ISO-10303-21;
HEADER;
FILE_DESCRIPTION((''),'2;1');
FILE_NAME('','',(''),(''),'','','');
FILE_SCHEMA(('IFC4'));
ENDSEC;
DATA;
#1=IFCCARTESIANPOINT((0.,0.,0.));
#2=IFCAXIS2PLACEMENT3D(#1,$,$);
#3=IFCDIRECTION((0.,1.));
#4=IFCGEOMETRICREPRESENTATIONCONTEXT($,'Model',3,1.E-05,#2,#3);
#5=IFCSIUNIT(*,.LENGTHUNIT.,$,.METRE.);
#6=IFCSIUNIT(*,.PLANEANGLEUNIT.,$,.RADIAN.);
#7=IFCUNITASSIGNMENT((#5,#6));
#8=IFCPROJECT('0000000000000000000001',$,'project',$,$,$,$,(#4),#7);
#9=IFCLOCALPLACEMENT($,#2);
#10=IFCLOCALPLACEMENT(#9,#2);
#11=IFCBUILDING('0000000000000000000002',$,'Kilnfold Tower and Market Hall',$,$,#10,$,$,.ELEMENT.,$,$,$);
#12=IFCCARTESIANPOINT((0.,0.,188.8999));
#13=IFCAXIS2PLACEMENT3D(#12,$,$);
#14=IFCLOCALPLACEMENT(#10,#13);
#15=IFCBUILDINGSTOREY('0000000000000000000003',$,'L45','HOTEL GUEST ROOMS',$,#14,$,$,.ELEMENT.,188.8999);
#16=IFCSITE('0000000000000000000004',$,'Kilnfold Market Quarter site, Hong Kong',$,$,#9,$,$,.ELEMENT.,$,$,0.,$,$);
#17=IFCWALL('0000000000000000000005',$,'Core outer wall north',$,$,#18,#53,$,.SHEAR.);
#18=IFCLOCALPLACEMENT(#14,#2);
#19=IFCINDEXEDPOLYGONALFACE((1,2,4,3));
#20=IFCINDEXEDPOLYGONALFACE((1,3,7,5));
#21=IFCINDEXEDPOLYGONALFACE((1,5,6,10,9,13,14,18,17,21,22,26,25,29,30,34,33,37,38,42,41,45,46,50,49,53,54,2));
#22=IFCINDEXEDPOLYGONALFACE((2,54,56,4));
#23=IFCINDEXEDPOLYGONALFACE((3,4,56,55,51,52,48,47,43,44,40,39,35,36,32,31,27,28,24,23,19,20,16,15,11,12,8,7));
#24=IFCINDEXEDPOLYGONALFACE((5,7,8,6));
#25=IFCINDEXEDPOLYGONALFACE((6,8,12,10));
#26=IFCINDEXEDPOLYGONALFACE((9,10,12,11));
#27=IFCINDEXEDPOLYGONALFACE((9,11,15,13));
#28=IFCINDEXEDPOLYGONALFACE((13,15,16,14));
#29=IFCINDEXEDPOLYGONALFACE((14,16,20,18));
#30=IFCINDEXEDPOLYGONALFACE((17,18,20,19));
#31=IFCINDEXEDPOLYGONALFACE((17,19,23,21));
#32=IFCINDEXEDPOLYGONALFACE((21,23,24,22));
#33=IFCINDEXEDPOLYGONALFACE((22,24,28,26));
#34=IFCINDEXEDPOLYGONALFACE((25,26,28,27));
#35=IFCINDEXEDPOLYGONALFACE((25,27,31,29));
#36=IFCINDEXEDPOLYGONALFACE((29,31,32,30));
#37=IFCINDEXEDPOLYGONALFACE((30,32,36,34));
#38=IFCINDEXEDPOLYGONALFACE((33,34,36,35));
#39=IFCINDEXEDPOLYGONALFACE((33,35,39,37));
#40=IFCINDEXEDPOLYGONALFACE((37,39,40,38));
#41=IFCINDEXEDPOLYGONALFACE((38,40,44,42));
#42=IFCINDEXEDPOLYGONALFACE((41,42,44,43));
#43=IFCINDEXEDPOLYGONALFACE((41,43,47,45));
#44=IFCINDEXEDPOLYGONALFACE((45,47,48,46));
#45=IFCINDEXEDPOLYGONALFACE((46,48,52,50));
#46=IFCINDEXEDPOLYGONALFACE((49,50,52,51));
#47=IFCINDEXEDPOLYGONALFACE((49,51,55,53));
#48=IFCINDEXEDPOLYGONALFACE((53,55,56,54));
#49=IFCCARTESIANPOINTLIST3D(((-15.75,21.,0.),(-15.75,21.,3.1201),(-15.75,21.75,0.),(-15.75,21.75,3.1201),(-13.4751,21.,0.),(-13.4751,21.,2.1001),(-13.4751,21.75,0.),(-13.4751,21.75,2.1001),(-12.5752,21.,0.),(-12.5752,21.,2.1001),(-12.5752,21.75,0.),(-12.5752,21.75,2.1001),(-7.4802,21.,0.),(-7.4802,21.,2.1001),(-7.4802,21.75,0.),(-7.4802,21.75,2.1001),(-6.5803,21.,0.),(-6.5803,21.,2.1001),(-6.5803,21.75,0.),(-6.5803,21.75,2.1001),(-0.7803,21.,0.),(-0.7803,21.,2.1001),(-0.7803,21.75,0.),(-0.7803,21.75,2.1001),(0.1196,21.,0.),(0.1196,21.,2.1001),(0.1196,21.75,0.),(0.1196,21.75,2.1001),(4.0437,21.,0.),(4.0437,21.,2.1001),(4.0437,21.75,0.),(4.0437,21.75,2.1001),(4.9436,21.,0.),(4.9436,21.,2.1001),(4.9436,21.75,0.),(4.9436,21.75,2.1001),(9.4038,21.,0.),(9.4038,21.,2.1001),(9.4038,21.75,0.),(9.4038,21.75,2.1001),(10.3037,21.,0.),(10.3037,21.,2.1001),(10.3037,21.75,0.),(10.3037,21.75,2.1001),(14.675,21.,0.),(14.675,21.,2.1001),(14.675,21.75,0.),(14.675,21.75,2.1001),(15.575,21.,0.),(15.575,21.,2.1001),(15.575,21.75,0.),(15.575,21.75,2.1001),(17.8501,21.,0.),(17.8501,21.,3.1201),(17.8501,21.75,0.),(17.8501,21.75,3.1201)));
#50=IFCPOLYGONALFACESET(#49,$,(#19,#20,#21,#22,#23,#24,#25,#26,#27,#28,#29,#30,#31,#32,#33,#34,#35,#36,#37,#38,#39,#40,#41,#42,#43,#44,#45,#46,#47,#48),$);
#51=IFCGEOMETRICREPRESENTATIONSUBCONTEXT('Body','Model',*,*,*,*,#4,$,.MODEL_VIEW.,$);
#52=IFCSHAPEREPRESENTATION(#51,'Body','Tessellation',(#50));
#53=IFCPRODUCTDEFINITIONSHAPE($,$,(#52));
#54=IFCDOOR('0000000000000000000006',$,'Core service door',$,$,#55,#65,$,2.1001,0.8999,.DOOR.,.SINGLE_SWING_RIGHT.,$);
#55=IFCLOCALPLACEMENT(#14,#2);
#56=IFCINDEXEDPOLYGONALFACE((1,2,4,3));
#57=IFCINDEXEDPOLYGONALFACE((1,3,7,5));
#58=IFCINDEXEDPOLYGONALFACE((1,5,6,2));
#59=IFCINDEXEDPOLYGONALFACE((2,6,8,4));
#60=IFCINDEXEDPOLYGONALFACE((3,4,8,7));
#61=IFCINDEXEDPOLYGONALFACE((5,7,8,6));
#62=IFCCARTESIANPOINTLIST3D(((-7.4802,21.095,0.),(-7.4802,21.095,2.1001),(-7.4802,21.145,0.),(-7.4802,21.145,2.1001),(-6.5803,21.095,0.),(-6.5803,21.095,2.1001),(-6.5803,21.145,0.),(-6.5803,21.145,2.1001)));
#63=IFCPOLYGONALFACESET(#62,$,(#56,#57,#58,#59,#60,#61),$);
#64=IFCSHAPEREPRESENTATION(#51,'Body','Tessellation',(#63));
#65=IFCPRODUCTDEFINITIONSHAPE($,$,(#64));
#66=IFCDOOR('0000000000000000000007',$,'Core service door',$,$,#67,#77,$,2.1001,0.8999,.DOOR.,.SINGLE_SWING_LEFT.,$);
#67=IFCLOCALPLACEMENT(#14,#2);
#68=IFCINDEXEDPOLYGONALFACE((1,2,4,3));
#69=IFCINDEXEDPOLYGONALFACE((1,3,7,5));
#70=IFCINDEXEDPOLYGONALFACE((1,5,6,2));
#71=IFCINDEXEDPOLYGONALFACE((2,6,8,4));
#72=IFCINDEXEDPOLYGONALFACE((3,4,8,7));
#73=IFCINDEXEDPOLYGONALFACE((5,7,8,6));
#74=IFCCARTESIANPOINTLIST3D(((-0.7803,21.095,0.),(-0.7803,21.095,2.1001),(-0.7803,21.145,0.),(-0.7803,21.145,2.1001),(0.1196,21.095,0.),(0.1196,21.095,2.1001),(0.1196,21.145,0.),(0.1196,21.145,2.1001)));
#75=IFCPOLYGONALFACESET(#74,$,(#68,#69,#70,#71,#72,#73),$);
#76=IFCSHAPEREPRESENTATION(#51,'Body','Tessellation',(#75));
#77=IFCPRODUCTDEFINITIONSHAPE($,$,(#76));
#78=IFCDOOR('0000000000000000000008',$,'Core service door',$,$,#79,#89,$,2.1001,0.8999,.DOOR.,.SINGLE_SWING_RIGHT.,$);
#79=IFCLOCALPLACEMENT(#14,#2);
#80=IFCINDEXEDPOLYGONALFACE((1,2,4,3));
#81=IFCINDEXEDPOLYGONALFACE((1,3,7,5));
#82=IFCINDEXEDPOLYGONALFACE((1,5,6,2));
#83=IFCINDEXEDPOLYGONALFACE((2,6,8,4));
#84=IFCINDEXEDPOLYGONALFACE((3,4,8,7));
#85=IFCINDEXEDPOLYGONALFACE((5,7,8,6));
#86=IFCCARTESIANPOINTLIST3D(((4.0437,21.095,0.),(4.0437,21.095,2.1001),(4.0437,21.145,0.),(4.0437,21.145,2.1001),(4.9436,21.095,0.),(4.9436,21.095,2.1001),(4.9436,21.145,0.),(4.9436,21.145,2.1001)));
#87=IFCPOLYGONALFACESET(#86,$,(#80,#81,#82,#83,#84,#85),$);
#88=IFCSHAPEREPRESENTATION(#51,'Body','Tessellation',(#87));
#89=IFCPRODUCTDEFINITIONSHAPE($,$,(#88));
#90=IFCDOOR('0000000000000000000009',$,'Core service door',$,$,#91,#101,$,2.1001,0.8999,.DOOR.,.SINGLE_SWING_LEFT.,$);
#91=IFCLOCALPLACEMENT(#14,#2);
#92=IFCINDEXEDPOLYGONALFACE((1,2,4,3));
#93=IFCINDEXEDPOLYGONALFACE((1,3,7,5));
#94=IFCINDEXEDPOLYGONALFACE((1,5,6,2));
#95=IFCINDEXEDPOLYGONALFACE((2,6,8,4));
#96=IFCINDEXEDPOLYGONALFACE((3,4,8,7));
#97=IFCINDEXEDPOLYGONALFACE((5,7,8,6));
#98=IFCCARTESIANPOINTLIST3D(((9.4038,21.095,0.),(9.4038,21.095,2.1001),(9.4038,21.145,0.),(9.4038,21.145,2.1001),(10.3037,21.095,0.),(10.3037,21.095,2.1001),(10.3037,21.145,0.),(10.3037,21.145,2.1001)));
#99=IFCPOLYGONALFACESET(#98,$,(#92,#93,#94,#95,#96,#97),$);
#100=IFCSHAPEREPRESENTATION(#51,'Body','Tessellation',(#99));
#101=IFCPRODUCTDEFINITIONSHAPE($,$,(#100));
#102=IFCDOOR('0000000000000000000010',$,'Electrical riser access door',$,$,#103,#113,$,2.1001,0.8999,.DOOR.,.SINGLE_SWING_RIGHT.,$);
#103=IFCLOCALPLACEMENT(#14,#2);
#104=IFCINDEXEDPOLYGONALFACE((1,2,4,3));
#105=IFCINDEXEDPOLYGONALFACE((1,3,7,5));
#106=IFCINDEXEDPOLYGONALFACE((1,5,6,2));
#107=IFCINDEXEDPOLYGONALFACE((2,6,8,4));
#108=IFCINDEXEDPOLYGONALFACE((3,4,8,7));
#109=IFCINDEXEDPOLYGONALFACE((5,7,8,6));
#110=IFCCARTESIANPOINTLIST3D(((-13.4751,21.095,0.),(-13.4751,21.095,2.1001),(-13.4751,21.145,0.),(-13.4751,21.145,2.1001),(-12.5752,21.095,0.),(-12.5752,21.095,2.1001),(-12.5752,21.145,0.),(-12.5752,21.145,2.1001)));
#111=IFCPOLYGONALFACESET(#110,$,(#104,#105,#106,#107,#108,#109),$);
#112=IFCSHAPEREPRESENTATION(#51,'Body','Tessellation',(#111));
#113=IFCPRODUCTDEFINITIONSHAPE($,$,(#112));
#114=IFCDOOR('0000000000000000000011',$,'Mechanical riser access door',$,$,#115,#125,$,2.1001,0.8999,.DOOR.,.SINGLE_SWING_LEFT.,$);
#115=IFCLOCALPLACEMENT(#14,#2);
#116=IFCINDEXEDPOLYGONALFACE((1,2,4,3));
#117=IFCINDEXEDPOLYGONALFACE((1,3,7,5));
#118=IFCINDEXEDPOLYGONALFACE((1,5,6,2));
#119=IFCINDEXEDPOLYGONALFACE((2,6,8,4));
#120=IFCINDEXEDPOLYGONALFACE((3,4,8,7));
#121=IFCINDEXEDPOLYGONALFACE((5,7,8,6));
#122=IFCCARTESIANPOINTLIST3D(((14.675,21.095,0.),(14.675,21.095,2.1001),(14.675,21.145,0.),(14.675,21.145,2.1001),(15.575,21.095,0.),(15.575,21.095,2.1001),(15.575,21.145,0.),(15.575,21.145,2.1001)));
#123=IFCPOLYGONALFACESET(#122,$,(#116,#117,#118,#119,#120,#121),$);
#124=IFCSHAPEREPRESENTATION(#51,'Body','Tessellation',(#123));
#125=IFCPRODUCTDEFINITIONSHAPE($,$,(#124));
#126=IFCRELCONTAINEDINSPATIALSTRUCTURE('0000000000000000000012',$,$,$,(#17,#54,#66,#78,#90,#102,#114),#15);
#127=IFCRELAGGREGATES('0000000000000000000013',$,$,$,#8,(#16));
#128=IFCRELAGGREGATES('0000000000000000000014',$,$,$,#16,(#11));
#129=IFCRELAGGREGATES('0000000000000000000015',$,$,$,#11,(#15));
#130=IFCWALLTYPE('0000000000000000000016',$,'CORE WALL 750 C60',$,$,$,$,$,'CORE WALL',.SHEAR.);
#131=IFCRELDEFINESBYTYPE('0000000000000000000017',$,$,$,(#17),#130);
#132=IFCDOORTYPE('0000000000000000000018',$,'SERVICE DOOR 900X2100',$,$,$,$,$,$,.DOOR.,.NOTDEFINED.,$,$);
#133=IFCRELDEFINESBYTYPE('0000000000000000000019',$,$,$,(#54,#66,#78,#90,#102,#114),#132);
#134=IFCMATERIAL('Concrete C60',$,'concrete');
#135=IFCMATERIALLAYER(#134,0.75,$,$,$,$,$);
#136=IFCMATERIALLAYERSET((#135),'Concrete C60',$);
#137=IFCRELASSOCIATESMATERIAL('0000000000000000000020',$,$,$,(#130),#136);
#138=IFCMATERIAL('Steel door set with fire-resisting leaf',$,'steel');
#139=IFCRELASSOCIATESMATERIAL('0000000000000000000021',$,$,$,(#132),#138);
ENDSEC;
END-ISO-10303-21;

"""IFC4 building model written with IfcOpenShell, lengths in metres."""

from ifc_helpers import new_model, si_unit, direction, frame, frame_2d, origin, place, context, subcontext, project, spatial, rectangle, extrude, source, transform, mapped, material, layer, layer_set, type_object, element, fill, save


model = new_model("IFC4")

# Units and contexts
model_context = context("Model", 3, precision=1e-05, world=origin(), true_north=direction((0.0, 1.0)))
body_context = subcontext(model_context, "Body", "Model", "MODEL_VIEW")
ifc_project = project(units=[si_unit("LENGTHUNIT", "METRE"), si_unit("PLANEANGLEUNIT", "RADIAN")], contexts=[model_context])

# Site, building, storey
site_placement = place(None, origin())
site = spatial("IfcSite", under=ifc_project, at=site_placement, Name="Kilnfold Market Quarter site, Hong Kong", CompositionType="ELEMENT", RefElevation=0.0)
building_placement = place(site_placement, origin())
building = spatial("IfcBuilding", under=site, at=building_placement, Name="Kilnfold Tower and Market Hall", CompositionType="ELEMENT")
storey_placement = place(building_placement, frame((0.0, 0.0, 188.8999)))
storey = spatial("IfcBuildingStorey", under=building, at=storey_placement, Name="L45", Description="HOTEL GUEST ROOMS", CompositionType="ELEMENT", Elevation=188.8999)

# Wall, openings, doors
ifc_material_1 = material(Name="Concrete C60", Category="concrete")
ifc_layer_1 = layer(ifc_material_1, 0.75)
ifc_layer_set_1 = layer_set([ifc_layer_1], Name="Concrete C60")
wall_type_1 = type_object("IfcWallType", Name="CORE WALL 750 C60", ElementType="CORE WALL", PredefinedType="SHEAR", material=ifc_layer_set_1)
shared_shape_1 = source(origin(), body_context, "Body", "SweptSolid", [
    extrude(rectangle(XDim=33.6001, YDim=0.75, at=frame_2d((16.8, 0.0))), origin(), (0.0, 0.0, 1.0), 3.1201),
])
wall_1_placement = place(storey_placement, frame((-15.75, 21.375, 0.0), z_axis=(0.0, 0.0, 1.0), x_axis=(1.0, 0.0, 0.0)))
wall_1 = element("IfcWall", 1, at=wall_1_placement, inside=storey, type_object=wall_type_1, Name="Core outer wall north", PredefinedType="SHEAR", context=body_context, shape_type="MappedRepresentation", body=[
    mapped(shared_shape_1, transform((0.0, 0.0, 0.0))),
])
opening_1_placement = place(wall_1_placement, frame((8.2698, 0.0, 0.0)))
opening_1 = element("IfcOpeningElement", 2, at=opening_1_placement, cuts=wall_1, PredefinedType="OPENING", context=body_context, shape_type="SweptSolid", body=[
    extrude(rectangle(XDim=0.8999, YDim=2.1001, at=frame_2d((0.45, 1.05))), frame((0.0, 0.385, 0.0), z_axis=(0.0, -1.0, 0.0), x_axis=(1.0, 0.0, 0.0)), (0.0, 0.0, 1.0), 0.77),
])
opening_2_placement = place(wall_1_placement, frame((14.9697, 0.0, 0.0)))
opening_2 = element("IfcOpeningElement", 3, at=opening_2_placement, cuts=wall_1, PredefinedType="OPENING", context=body_context, shape_type="SweptSolid", body=[
    extrude(rectangle(XDim=0.8999, YDim=2.1001, at=frame_2d((0.45, 1.05))), frame((0.0, 0.385, 0.0), z_axis=(0.0, -1.0, 0.0), x_axis=(1.0, 0.0, 0.0)), (0.0, 0.0, 1.0), 0.77),
])
opening_3_placement = place(wall_1_placement, frame((19.7937, 0.0, 0.0)))
opening_3 = element("IfcOpeningElement", 4, at=opening_3_placement, cuts=wall_1, PredefinedType="OPENING", context=body_context, shape_type="SweptSolid", body=[
    extrude(rectangle(XDim=0.8999, YDim=2.1001, at=frame_2d((0.45, 1.05))), frame((0.0, 0.385, 0.0), z_axis=(0.0, -1.0, 0.0), x_axis=(1.0, 0.0, 0.0)), (0.0, 0.0, 1.0), 0.77),
])
opening_4_placement = place(wall_1_placement, frame((25.1538, 0.0, 0.0)))
opening_4 = element("IfcOpeningElement", 5, at=opening_4_placement, cuts=wall_1, PredefinedType="OPENING", context=body_context, shape_type="SweptSolid", body=[
    extrude(rectangle(XDim=0.8999, YDim=2.1001, at=frame_2d((0.45, 1.05))), frame((0.0, 0.385, 0.0), z_axis=(0.0, -1.0, 0.0), x_axis=(1.0, 0.0, 0.0)), (0.0, 0.0, 1.0), 0.77),
])
opening_5_placement = place(wall_1_placement, frame((2.2749, 0.0, 0.0)))
opening_5 = element("IfcOpeningElement", 6, at=opening_5_placement, cuts=wall_1, PredefinedType="OPENING", context=body_context, shape_type="SweptSolid", body=[
    extrude(rectangle(XDim=0.8999, YDim=2.1001, at=frame_2d((0.45, 1.05))), frame((0.0, 0.385, 0.0), z_axis=(0.0, -1.0, 0.0), x_axis=(1.0, 0.0, 0.0)), (0.0, 0.0, 1.0), 0.77),
])
opening_6_placement = place(wall_1_placement, frame((30.425, 0.0, 0.0)))
opening_6 = element("IfcOpeningElement", 7, at=opening_6_placement, cuts=wall_1, PredefinedType="OPENING", context=body_context, shape_type="SweptSolid", body=[
    extrude(rectangle(XDim=0.8999, YDim=2.1001, at=frame_2d((0.45, 1.05))), frame((0.0, 0.385, 0.0), z_axis=(0.0, -1.0, 0.0), x_axis=(1.0, 0.0, 0.0)), (0.0, 0.0, 1.0), 0.77),
])
ifc_material_2 = material(Name="Steel door set with fire-resisting leaf", Category="steel")
door_type = type_object("IfcDoorType", Name="SERVICE DOOR 900X2100", OperationType="NOTDEFINED", PredefinedType="DOOR", material=ifc_material_2)
door_1_placement = place(opening_1_placement, origin())
door_1 = element("IfcDoor", 8, at=door_1_placement, inside=storey, type_object=door_type, Name="Core service door", OperationType="SINGLE_SWING_RIGHT", OverallHeight=2.1001, OverallWidth=0.8999, PredefinedType="DOOR", context=body_context, shape_type="SweptSolid", body=[
    extrude(rectangle(XDim=0.8999, YDim=2.1001, at=frame_2d((0.45, 1.05))), frame((0.0, -0.23, 0.0), z_axis=(0.0, -1.0, 0.0), x_axis=(1.0, 0.0, 0.0)), (0.0, 0.0, 1.0), 0.05),
])
fill(opening_1, door_1)
door_2_placement = place(opening_2_placement, origin())
door_2 = element("IfcDoor", 9, at=door_2_placement, inside=storey, type_object=door_type, Name="Core service door", OperationType="SINGLE_SWING_LEFT", OverallHeight=2.1001, OverallWidth=0.8999, PredefinedType="DOOR", context=body_context, shape_type="SweptSolid", body=[
    extrude(rectangle(XDim=0.8999, YDim=2.1001, at=frame_2d((0.45, 1.05))), frame((0.0, -0.23, 0.0), z_axis=(0.0, -1.0, 0.0), x_axis=(1.0, 0.0, 0.0)), (0.0, 0.0, 1.0), 0.05),
])
fill(opening_2, door_2)
door_3_placement = place(opening_3_placement, origin())
door_3 = element("IfcDoor", 10, at=door_3_placement, inside=storey, type_object=door_type, Name="Core service door", OperationType="SINGLE_SWING_RIGHT", OverallHeight=2.1001, OverallWidth=0.8999, PredefinedType="DOOR", context=body_context, shape_type="SweptSolid", body=[
    extrude(rectangle(XDim=0.8999, YDim=2.1001, at=frame_2d((0.45, 1.05))), frame((0.0, -0.23, 0.0), z_axis=(0.0, -1.0, 0.0), x_axis=(1.0, 0.0, 0.0)), (0.0, 0.0, 1.0), 0.05),
])
fill(opening_3, door_3)
door_4_placement = place(opening_4_placement, origin())
door_4 = element("IfcDoor", 11, at=door_4_placement, inside=storey, type_object=door_type, Name="Core service door", OperationType="SINGLE_SWING_LEFT", OverallHeight=2.1001, OverallWidth=0.8999, PredefinedType="DOOR", context=body_context, shape_type="SweptSolid", body=[
    extrude(rectangle(XDim=0.8999, YDim=2.1001, at=frame_2d((0.45, 1.05))), frame((0.0, -0.23, 0.0), z_axis=(0.0, -1.0, 0.0), x_axis=(1.0, 0.0, 0.0)), (0.0, 0.0, 1.0), 0.05),
])
fill(opening_4, door_4)
door_5_placement = place(opening_5_placement, origin())
door_5 = element("IfcDoor", 12, at=door_5_placement, inside=storey, type_object=door_type, Name="Electrical riser access door", OperationType="SINGLE_SWING_RIGHT", OverallHeight=2.1001, OverallWidth=0.8999, PredefinedType="DOOR", context=body_context, shape_type="SweptSolid", body=[
    extrude(rectangle(XDim=0.8999, YDim=2.1001, at=frame_2d((0.45, 1.05))), frame((0.0, -0.23, 0.0), z_axis=(0.0, -1.0, 0.0), x_axis=(1.0, 0.0, 0.0)), (0.0, 0.0, 1.0), 0.05),
])
fill(opening_5, door_5)
door_6_placement = place(opening_6_placement, origin())
door_6 = element("IfcDoor", 13, at=door_6_placement, inside=storey, type_object=door_type, Name="Mechanical riser access door", OperationType="SINGLE_SWING_LEFT", OverallHeight=2.1001, OverallWidth=0.8999, PredefinedType="DOOR", context=body_context, shape_type="SweptSolid", body=[
    extrude(rectangle(XDim=0.8999, YDim=2.1001, at=frame_2d((0.45, 1.05))), frame((0.0, -0.23, 0.0), z_axis=(0.0, -1.0, 0.0), x_axis=(1.0, 0.0, 0.0)), (0.0, 0.0, 1.0), 0.05),
])
fill(opening_6, door_6)

save(model, "model.ifc")
